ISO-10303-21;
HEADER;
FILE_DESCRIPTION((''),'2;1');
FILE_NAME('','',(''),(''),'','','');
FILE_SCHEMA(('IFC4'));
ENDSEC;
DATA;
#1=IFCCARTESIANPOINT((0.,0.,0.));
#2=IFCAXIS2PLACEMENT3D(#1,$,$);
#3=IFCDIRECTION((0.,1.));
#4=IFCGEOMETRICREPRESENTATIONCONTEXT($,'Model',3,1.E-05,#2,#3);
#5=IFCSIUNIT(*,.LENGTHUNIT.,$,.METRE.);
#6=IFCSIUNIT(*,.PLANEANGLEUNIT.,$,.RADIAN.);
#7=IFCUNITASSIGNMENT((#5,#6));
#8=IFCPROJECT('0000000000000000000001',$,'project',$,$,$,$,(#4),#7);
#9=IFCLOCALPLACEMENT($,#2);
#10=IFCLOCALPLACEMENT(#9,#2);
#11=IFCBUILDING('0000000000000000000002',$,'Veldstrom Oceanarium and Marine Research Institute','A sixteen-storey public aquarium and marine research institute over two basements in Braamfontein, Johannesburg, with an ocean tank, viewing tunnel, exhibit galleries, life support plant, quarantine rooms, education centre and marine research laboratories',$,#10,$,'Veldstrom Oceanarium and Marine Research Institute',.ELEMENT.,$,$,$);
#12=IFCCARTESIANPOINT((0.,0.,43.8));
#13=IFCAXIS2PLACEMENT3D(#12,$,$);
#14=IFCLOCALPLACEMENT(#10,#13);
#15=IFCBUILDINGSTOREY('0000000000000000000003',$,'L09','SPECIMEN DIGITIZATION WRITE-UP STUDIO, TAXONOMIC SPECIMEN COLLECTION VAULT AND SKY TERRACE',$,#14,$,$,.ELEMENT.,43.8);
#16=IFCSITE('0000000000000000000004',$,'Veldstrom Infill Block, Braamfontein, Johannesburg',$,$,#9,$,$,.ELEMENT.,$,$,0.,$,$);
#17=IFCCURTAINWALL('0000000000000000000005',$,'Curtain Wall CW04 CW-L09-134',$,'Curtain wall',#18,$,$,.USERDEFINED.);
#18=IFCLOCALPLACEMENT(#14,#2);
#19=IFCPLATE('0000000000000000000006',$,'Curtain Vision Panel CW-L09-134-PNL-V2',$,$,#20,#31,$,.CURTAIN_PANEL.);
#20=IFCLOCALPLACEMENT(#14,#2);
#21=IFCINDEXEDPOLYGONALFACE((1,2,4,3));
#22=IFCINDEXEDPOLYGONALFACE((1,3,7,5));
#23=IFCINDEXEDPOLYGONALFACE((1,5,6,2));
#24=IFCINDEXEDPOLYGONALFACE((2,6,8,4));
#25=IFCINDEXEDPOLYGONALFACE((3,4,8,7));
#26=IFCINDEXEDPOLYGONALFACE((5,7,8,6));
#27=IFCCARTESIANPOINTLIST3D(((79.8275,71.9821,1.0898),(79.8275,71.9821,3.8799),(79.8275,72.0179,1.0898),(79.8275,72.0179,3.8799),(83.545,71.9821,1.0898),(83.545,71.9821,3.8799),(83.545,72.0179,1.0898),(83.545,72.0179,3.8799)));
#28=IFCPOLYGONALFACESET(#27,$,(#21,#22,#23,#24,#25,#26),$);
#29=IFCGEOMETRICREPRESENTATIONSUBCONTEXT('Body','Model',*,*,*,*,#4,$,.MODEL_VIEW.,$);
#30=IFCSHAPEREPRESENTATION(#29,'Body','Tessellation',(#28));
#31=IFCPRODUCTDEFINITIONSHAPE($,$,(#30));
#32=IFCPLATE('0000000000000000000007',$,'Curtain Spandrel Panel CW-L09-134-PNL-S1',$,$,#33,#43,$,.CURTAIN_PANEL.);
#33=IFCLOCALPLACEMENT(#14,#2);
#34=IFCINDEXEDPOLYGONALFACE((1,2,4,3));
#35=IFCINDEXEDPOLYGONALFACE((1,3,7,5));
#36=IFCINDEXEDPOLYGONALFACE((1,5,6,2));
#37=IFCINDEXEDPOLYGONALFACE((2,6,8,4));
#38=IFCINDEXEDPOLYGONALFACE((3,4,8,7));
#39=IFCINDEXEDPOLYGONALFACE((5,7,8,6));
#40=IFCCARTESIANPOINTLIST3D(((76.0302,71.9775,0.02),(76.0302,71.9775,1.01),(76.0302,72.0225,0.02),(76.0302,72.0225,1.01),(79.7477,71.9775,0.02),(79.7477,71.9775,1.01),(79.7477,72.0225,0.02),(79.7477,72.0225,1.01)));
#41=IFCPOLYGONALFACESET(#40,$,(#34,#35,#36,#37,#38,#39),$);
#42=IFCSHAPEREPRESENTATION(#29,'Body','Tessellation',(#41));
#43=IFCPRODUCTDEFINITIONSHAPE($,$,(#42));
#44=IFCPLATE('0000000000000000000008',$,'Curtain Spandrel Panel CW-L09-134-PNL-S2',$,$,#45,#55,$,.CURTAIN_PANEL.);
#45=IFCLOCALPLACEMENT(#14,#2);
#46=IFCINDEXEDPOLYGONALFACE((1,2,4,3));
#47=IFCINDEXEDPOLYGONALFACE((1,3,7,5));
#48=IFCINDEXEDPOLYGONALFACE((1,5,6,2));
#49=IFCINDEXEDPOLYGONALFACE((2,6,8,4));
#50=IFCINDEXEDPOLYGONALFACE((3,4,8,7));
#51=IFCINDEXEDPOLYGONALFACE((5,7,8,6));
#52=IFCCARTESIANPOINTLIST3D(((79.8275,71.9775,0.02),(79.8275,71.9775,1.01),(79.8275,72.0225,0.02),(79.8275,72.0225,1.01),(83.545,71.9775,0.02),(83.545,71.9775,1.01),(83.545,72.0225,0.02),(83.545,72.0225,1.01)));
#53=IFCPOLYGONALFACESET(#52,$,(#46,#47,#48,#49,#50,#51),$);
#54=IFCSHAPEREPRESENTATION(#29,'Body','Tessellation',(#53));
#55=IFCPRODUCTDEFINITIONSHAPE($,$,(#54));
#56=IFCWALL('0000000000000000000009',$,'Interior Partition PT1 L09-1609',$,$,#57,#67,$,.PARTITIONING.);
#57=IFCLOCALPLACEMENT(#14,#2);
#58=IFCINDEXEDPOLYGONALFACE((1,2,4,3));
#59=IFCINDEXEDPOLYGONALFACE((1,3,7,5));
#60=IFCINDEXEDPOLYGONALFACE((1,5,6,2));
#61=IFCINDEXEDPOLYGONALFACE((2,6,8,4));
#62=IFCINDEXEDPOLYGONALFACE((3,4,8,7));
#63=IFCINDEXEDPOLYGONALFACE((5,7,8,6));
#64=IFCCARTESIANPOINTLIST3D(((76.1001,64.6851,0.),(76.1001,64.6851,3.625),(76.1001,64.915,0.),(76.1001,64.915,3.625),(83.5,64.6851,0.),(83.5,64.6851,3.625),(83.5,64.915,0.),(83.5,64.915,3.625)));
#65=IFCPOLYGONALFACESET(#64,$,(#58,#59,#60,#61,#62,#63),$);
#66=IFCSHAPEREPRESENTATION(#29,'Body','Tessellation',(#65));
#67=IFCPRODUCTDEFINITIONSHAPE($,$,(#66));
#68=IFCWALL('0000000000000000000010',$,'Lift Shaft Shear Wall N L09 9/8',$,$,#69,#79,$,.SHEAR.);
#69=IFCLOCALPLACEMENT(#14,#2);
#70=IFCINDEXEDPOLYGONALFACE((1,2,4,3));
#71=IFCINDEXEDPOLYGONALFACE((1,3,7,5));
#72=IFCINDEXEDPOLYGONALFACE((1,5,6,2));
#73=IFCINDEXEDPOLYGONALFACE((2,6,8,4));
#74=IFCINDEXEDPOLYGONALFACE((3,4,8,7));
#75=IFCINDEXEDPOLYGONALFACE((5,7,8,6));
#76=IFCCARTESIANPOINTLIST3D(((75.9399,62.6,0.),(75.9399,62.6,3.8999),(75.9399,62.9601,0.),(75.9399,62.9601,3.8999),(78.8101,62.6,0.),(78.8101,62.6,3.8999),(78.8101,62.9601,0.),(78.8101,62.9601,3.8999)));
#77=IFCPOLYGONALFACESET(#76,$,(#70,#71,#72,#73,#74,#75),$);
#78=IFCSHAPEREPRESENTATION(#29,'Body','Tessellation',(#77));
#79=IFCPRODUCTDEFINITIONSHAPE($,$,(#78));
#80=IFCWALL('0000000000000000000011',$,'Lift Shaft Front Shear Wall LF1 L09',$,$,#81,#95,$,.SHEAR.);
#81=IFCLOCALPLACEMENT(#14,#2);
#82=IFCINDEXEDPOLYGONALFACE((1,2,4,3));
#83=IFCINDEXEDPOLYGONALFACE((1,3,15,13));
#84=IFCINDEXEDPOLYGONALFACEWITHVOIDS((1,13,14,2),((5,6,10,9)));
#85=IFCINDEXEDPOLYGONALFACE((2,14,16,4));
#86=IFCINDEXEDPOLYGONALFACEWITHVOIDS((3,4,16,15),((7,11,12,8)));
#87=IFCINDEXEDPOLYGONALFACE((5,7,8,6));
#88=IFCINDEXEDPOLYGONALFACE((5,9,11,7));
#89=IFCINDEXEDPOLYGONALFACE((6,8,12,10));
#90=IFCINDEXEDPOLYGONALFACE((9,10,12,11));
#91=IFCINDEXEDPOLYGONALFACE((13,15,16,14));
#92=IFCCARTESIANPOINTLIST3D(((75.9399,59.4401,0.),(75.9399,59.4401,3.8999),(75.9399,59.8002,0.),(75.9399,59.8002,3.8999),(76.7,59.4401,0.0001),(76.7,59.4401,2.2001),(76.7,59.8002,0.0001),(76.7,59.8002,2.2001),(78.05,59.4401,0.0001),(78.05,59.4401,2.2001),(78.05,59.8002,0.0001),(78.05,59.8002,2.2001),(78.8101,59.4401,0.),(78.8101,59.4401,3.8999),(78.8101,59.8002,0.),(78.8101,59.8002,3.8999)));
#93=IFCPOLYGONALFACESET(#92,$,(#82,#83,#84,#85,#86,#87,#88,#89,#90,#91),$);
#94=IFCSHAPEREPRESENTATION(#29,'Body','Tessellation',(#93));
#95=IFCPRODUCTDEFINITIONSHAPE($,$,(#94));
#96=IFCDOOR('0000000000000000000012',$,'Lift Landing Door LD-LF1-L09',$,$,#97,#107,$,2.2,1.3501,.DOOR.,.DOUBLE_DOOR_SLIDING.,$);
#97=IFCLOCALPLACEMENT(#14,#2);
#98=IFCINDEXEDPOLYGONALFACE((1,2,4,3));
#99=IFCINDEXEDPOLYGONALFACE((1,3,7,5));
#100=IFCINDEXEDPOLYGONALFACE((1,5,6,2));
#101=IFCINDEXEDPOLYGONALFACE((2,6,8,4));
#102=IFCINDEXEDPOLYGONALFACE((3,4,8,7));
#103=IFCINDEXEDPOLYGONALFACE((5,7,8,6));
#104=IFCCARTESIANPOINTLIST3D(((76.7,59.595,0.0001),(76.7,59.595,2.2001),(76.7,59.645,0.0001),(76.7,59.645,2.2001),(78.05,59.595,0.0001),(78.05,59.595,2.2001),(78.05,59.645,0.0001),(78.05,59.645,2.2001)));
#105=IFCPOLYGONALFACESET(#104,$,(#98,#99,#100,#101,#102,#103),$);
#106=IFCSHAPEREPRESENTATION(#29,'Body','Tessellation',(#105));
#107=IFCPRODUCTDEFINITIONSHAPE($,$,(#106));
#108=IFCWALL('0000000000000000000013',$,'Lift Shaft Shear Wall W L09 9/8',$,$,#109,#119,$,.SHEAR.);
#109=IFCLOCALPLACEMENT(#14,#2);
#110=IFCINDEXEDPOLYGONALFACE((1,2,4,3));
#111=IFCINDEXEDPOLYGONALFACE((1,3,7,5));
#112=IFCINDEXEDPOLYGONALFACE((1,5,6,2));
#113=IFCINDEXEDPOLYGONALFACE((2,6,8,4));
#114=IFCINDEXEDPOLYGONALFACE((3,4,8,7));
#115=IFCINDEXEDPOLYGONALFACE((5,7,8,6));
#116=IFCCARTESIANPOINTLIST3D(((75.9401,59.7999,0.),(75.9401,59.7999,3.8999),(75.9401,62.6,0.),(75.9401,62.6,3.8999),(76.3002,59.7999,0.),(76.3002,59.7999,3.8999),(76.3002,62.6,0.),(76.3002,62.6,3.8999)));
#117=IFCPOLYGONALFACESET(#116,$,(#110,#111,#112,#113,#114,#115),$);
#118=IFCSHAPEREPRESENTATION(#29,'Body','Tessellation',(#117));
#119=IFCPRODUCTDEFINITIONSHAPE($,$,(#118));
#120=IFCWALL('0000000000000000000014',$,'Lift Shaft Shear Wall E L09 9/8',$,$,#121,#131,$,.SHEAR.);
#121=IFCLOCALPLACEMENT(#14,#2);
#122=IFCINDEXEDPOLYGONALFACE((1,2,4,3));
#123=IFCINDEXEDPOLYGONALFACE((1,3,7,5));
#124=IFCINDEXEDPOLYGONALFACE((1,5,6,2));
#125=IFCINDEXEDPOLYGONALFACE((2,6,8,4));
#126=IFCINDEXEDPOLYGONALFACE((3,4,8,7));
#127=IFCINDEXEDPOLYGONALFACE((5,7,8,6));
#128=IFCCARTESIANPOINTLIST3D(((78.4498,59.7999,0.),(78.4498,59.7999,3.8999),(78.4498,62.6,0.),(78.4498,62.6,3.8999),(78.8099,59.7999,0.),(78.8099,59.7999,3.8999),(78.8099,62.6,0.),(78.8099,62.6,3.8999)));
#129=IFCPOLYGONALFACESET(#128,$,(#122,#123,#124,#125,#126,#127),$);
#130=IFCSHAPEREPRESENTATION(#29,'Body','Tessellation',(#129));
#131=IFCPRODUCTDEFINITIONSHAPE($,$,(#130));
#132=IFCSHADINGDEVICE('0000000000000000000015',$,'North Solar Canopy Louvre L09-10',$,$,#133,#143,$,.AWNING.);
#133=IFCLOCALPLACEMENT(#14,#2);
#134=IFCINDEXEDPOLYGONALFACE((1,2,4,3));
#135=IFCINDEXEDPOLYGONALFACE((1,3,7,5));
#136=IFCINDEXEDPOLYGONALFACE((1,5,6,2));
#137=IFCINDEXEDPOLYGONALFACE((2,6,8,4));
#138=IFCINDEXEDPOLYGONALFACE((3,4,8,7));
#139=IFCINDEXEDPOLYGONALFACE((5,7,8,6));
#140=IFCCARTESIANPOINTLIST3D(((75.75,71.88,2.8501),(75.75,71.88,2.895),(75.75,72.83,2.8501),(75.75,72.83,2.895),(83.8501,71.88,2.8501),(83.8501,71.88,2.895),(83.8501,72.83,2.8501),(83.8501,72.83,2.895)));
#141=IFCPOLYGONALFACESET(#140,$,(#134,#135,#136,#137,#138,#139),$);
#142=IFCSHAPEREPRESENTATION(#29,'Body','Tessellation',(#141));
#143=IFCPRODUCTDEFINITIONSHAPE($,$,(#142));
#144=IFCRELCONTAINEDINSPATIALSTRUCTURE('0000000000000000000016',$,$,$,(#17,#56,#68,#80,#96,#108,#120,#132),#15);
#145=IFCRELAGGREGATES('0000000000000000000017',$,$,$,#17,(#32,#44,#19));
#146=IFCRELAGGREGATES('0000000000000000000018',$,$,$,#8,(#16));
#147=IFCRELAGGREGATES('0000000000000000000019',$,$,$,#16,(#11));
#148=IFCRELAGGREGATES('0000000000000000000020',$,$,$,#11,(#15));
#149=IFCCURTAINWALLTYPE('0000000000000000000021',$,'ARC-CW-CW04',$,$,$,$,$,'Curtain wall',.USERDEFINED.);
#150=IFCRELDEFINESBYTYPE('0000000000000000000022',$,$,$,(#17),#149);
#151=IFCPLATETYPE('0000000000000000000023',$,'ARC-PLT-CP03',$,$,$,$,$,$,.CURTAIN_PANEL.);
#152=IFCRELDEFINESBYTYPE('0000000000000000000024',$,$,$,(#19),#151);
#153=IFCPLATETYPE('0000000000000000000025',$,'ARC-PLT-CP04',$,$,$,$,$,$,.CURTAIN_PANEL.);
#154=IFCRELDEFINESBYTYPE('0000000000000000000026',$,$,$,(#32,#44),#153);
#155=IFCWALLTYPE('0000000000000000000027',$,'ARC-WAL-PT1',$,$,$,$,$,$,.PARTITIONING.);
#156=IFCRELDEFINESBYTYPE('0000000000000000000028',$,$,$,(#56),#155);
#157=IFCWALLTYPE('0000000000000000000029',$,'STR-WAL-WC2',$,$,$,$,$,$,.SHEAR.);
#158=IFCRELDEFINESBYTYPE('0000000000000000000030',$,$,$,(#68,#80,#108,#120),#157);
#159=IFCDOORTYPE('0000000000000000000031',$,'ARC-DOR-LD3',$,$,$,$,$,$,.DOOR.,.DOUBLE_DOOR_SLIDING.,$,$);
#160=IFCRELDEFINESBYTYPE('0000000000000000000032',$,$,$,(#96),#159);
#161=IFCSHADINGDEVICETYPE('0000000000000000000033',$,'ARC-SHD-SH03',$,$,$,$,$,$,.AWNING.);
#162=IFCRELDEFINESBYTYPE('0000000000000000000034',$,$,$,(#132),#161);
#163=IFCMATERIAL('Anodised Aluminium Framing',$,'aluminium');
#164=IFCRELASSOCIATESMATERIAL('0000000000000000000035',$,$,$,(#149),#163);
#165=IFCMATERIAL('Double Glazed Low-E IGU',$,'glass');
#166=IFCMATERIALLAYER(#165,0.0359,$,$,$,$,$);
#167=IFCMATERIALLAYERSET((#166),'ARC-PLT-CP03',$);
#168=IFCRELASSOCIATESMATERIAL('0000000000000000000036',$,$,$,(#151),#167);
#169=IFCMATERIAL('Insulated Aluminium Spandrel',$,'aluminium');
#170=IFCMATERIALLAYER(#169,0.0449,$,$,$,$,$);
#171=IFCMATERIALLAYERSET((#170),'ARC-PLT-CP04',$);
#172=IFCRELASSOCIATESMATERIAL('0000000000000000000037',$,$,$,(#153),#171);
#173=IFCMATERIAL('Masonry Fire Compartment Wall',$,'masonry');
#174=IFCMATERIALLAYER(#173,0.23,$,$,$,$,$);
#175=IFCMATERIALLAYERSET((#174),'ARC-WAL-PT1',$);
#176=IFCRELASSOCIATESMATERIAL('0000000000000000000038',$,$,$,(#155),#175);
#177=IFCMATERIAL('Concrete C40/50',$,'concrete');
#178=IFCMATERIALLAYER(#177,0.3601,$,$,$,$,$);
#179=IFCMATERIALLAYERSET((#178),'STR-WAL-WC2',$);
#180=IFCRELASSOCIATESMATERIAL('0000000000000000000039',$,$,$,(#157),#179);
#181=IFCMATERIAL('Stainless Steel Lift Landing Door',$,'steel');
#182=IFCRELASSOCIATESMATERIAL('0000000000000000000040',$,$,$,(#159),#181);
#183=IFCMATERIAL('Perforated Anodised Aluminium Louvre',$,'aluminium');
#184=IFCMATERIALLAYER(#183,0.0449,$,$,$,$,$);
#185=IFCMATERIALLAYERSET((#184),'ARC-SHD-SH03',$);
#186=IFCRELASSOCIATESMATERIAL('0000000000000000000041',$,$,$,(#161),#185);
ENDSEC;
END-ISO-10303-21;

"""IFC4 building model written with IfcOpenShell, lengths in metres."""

from ifc_helpers import new_model, si_unit, direction, frame, frame_2d, origin, origin_2d, place, context, subcontext, project, spatial, rectangle, extrude, material, layer, layer_set, type_object, element, fill, aggregate, save


model = new_model("IFC4")

# Units and contexts
model_context = context("Model", 3, precision=1e-05, world=origin(), true_north=direction((0.0, 1.0)))
body_context = subcontext(model_context, "Body", "Model", "MODEL_VIEW")
ifc_project = project(units=[si_unit("LENGTHUNIT", "METRE"), si_unit("PLANEANGLEUNIT", "RADIAN")], contexts=[model_context])

# Site, building, storey
site_placement = place(None, origin())
site = spatial("IfcSite", under=ifc_project, at=site_placement, Name="Veldstrom Infill Block, Braamfontein, Johannesburg", CompositionType="ELEMENT", RefElevation=0.0)
building_placement = place(site_placement, origin())
building = spatial("IfcBuilding", under=site, at=building_placement, Name="Veldstrom Oceanarium and Marine Research Institute", Description="A sixteen-storey public aquarium and marine research institute over two basements in Braamfontein, Johannesburg, with an ocean tank, viewing tunnel, exhibit galleries, life support plant, quarantine rooms, education centre and marine research laboratories", LongName="Veldstrom Oceanarium and Marine Research Institute", CompositionType="ELEMENT")
storey_placement = place(building_placement, frame((0.0, 0.0, 43.8)))
storey = spatial("IfcBuildingStorey", under=building, at=storey_placement, Name="L09", Description="SPECIMEN DIGITIZATION WRITE-UP STUDIO, TAXONOMIC SPECIMEN COLLECTION VAULT AND SKY TERRACE", CompositionType="ELEMENT", Elevation=43.8)

# Curtain wall
ifc_material_1 = material(Name="Anodised Aluminium Framing", Category="aluminium")
curtain_wall_type = type_object("IfcCurtainWallType", Name="ARC-CW-CW04", ElementType="Curtain wall", PredefinedType="USERDEFINED", material=ifc_material_1)
curtain_wall_placement = place(storey_placement, origin())
curtain_wall = element("IfcCurtainWall", 1, at=curtain_wall_placement, inside=storey, type_object=curtain_wall_type, Name="Curtain Wall CW04 CW-L09-134", ObjectType="Curtain wall", PredefinedType="USERDEFINED")

# Plates
ifc_material_2 = material(Name="Double Glazed Low-E IGU", Category="glass")
ifc_layer_1 = layer(ifc_material_2, 0.0359)
ifc_layer_set_1 = layer_set([ifc_layer_1], Name="ARC-PLT-CP03")
plate_type_1 = type_object("IfcPlateType", Name="ARC-PLT-CP03", PredefinedType="CURTAIN_PANEL", material=ifc_layer_set_1)
plate_1_placement = place(storey_placement, frame((81.6863, 72.0, 1.0898), z_axis=(0.0, 0.0, 1.0), x_axis=(1.0, 0.0, 0.0)))
plate_1 = element("IfcPlate", 2, at=plate_1_placement, type_object=plate_type_1, Name="Curtain Vision Panel CW-L09-134-PNL-V2", PredefinedType="CURTAIN_PANEL", context=body_context, shape_type="SweptSolid", body=[
    extrude(rectangle(XDim=3.7175, YDim=0.0359, at=origin_2d()), origin(), (0.0, 0.0, 1.0), 2.79),
])
ifc_material_3 = material(Name="Insulated Aluminium Spandrel", Category="aluminium")
ifc_layer_2 = layer(ifc_material_3, 0.0449)
ifc_layer_set_2 = layer_set([ifc_layer_2], Name="ARC-PLT-CP04")
plate_type_2 = type_object("IfcPlateType", Name="ARC-PLT-CP04", PredefinedType="CURTAIN_PANEL", material=ifc_layer_set_2)
plate_2_placement = place(storey_placement, frame((77.8889, 72.0, 0.02), z_axis=(0.0, 0.0, 1.0), x_axis=(1.0, 0.0, 0.0)))
plate_2 = element("IfcPlate", 3, at=plate_2_placement, type_object=plate_type_2, Name="Curtain Spandrel Panel CW-L09-134-PNL-S1", PredefinedType="CURTAIN_PANEL", context=body_context, shape_type="SweptSolid", body=[
    extrude(rectangle(XDim=3.7175, YDim=0.0449, at=origin_2d()), origin(), (0.0, 0.0, 1.0), 0.99),
])
plate_3_placement = place(storey_placement, frame((81.6863, 72.0, 0.02), z_axis=(0.0, 0.0, 1.0), x_axis=(1.0, 0.0, 0.0)))
plate_3 = element("IfcPlate", 4, at=plate_3_placement, type_object=plate_type_2, Name="Curtain Spandrel Panel CW-L09-134-PNL-S2", PredefinedType="CURTAIN_PANEL", context=body_context, shape_type="SweptSolid", body=[
    extrude(rectangle(XDim=3.7175, YDim=0.0449, at=origin_2d()), origin(), (0.0, 0.0, 1.0), 0.99),
])
aggregate(curtain_wall, [plate_2, plate_3, plate_1])

# Walls
ifc_material_4 = material(Name="Masonry Fire Compartment Wall", Category="masonry")
ifc_layer_3 = layer(ifc_material_4, 0.23)
ifc_layer_set_3 = layer_set([ifc_layer_3], Name="ARC-WAL-PT1")
wall_type_1 = type_object("IfcWallType", Name="ARC-WAL-PT1", PredefinedType="PARTITIONING", material=ifc_layer_set_3)
wall_1_placement = place(storey_placement, frame((76.1001, 64.8, 0.0), z_axis=(0.0, 0.0, 1.0), x_axis=(1.0, 0.0, 0.0)))
element("IfcWall", 5, at=wall_1_placement, inside=storey, type_object=wall_type_1, Name="Interior Partition PT1 L09-1609", PredefinedType="PARTITIONING", context=body_context, shape_type="SweptSolid", body=[
    extrude(rectangle(XDim=7.3999, YDim=0.23, at=frame_2d((3.7, 0.0))), origin(), (0.0, 0.0, 1.0), 3.625),
])
ifc_material_5 = material(Name="Concrete C40/50", Category="concrete")
ifc_layer_4 = layer(ifc_material_5, 0.3601)
ifc_layer_set_4 = layer_set([ifc_layer_4], Name="STR-WAL-WC2")
wall_type_2 = type_object("IfcWallType", Name="STR-WAL-WC2", PredefinedType="SHEAR", material=ifc_layer_set_4)
wall_2_placement = place(storey_placement, frame((75.9399, 62.78, 0.0), z_axis=(0.0, 0.0, 1.0), x_axis=(1.0, 0.0, 0.0)))
element("IfcWall", 6, at=wall_2_placement, inside=storey, type_object=wall_type_2, Name="Lift Shaft Shear Wall N L09 9/8", PredefinedType="SHEAR", context=body_context, shape_type="SweptSolid", body=[
    extrude(rectangle(XDim=2.8701, YDim=0.3601, at=frame_2d((1.4351, 0.0))), origin(), (0.0, 0.0, 1.0), 3.8999),
])

# Wall, opening, door
wall_3_placement = place(storey_placement, frame((75.9399, 59.6201, 0.0), z_axis=(0.0, 0.0, 1.0), x_axis=(1.0, 0.0, 0.0)))
wall_3 = element("IfcWall", 7, at=wall_3_placement, inside=storey, type_object=wall_type_2, Name="Lift Shaft Front Shear Wall LF1 L09", PredefinedType="SHEAR", context=body_context, shape_type="SweptSolid", body=[
    extrude(rectangle(XDim=2.8701, YDim=0.3601, at=frame_2d((1.4351, 0.0))), origin(), (0.0, 0.0, 1.0), 3.8999),
])
opening_placement = place(wall_3_placement, frame((0.76, 0.0, 0.0)))
opening = element("IfcOpeningElement", 8, at=opening_placement, cuts=wall_3, PredefinedType="OPENING", context=body_context, shape_type="SweptSolid", body=[
    extrude(rectangle(XDim=1.3501, YDim=2.2, at=frame_2d((0.675, 1.1001))), frame((0.0, 0.1899, 0.0), z_axis=(0.0, -1.0, 0.0), x_axis=(1.0, 0.0, 0.0)), (0.0, 0.0, 1.0), 0.3801),
])
ifc_material_6 = material(Name="Stainless Steel Lift Landing Door", Category="steel")
door_type = type_object("IfcDoorType", Name="ARC-DOR-LD3", OperationType="DOUBLE_DOOR_SLIDING", PredefinedType="DOOR", material=ifc_material_6)
door_placement = place(opening_placement, origin())
door = element("IfcDoor", 9, at=door_placement, inside=storey, type_object=door_type, Name="Lift Landing Door LD-LF1-L09", OperationType="DOUBLE_DOOR_SLIDING", OverallHeight=2.2, OverallWidth=1.3501, PredefinedType="DOOR", context=body_context, shape_type="SweptSolid", body=[
    extrude(rectangle(XDim=1.3501, YDim=2.2, at=frame_2d((0.675, 1.1001))), frame((0.0, 0.0249, 0.0), z_axis=(0.0, -1.0, 0.0), x_axis=(1.0, 0.0, 0.0)), (0.0, 0.0, 1.0), 0.05),
])
fill(opening, door)

# Walls
for number, where, z_axis, x_axis, name in (
    (10, (76.1201, 59.8, 0.0), (0.0, 0.0, 1.0), (0.0, 1.0, 0.0), "Lift Shaft Shear Wall W L09 9/8"),
    (11, (78.6299, 59.8, 0.0), (0.0, 0.0, 1.0), (0.0, 1.0, 0.0), "Lift Shaft Shear Wall E L09 9/8"),
):
    element("IfcWall", number, at=place(storey_placement, frame(where, z_axis=z_axis, x_axis=x_axis)), inside=storey, type_object=wall_type_2, Name=name, PredefinedType="SHEAR", context=body_context, shape_type="SweptSolid", body=[
        extrude(rectangle(XDim=2.8, YDim=0.3601, at=frame_2d((1.3999, 0.0))), origin(), (0.0, 0.0, 1.0), 3.8999),
    ])

# Shading device
ifc_material_7 = material(Name="Perforated Anodised Aluminium Louvre", Category="aluminium")
ifc_layer_5 = layer(ifc_material_7, 0.0449)
ifc_layer_set_5 = layer_set([ifc_layer_5], Name="ARC-SHD-SH03")
shading_device_type = type_object("IfcShadingDeviceType", Name="ARC-SHD-SH03", PredefinedType="AWNING", material=ifc_layer_set_5)
shading_device_placement = place(storey_placement, frame((79.8, 72.355, 2.8501), z_axis=(0.0, 0.0, 1.0), x_axis=(1.0, 0.0, 0.0)))
element("IfcShadingDevice", 12, at=shading_device_placement, inside=storey, type_object=shading_device_type, Name="North Solar Canopy Louvre L09-10", PredefinedType="AWNING", context=body_context, shape_type="SweptSolid", body=[
    extrude(rectangle(XDim=8.1001, YDim=0.95, at=origin_2d()), origin(), (0.0, 0.0, 1.0), 0.0449),
])

save(model, "model.ifc")
